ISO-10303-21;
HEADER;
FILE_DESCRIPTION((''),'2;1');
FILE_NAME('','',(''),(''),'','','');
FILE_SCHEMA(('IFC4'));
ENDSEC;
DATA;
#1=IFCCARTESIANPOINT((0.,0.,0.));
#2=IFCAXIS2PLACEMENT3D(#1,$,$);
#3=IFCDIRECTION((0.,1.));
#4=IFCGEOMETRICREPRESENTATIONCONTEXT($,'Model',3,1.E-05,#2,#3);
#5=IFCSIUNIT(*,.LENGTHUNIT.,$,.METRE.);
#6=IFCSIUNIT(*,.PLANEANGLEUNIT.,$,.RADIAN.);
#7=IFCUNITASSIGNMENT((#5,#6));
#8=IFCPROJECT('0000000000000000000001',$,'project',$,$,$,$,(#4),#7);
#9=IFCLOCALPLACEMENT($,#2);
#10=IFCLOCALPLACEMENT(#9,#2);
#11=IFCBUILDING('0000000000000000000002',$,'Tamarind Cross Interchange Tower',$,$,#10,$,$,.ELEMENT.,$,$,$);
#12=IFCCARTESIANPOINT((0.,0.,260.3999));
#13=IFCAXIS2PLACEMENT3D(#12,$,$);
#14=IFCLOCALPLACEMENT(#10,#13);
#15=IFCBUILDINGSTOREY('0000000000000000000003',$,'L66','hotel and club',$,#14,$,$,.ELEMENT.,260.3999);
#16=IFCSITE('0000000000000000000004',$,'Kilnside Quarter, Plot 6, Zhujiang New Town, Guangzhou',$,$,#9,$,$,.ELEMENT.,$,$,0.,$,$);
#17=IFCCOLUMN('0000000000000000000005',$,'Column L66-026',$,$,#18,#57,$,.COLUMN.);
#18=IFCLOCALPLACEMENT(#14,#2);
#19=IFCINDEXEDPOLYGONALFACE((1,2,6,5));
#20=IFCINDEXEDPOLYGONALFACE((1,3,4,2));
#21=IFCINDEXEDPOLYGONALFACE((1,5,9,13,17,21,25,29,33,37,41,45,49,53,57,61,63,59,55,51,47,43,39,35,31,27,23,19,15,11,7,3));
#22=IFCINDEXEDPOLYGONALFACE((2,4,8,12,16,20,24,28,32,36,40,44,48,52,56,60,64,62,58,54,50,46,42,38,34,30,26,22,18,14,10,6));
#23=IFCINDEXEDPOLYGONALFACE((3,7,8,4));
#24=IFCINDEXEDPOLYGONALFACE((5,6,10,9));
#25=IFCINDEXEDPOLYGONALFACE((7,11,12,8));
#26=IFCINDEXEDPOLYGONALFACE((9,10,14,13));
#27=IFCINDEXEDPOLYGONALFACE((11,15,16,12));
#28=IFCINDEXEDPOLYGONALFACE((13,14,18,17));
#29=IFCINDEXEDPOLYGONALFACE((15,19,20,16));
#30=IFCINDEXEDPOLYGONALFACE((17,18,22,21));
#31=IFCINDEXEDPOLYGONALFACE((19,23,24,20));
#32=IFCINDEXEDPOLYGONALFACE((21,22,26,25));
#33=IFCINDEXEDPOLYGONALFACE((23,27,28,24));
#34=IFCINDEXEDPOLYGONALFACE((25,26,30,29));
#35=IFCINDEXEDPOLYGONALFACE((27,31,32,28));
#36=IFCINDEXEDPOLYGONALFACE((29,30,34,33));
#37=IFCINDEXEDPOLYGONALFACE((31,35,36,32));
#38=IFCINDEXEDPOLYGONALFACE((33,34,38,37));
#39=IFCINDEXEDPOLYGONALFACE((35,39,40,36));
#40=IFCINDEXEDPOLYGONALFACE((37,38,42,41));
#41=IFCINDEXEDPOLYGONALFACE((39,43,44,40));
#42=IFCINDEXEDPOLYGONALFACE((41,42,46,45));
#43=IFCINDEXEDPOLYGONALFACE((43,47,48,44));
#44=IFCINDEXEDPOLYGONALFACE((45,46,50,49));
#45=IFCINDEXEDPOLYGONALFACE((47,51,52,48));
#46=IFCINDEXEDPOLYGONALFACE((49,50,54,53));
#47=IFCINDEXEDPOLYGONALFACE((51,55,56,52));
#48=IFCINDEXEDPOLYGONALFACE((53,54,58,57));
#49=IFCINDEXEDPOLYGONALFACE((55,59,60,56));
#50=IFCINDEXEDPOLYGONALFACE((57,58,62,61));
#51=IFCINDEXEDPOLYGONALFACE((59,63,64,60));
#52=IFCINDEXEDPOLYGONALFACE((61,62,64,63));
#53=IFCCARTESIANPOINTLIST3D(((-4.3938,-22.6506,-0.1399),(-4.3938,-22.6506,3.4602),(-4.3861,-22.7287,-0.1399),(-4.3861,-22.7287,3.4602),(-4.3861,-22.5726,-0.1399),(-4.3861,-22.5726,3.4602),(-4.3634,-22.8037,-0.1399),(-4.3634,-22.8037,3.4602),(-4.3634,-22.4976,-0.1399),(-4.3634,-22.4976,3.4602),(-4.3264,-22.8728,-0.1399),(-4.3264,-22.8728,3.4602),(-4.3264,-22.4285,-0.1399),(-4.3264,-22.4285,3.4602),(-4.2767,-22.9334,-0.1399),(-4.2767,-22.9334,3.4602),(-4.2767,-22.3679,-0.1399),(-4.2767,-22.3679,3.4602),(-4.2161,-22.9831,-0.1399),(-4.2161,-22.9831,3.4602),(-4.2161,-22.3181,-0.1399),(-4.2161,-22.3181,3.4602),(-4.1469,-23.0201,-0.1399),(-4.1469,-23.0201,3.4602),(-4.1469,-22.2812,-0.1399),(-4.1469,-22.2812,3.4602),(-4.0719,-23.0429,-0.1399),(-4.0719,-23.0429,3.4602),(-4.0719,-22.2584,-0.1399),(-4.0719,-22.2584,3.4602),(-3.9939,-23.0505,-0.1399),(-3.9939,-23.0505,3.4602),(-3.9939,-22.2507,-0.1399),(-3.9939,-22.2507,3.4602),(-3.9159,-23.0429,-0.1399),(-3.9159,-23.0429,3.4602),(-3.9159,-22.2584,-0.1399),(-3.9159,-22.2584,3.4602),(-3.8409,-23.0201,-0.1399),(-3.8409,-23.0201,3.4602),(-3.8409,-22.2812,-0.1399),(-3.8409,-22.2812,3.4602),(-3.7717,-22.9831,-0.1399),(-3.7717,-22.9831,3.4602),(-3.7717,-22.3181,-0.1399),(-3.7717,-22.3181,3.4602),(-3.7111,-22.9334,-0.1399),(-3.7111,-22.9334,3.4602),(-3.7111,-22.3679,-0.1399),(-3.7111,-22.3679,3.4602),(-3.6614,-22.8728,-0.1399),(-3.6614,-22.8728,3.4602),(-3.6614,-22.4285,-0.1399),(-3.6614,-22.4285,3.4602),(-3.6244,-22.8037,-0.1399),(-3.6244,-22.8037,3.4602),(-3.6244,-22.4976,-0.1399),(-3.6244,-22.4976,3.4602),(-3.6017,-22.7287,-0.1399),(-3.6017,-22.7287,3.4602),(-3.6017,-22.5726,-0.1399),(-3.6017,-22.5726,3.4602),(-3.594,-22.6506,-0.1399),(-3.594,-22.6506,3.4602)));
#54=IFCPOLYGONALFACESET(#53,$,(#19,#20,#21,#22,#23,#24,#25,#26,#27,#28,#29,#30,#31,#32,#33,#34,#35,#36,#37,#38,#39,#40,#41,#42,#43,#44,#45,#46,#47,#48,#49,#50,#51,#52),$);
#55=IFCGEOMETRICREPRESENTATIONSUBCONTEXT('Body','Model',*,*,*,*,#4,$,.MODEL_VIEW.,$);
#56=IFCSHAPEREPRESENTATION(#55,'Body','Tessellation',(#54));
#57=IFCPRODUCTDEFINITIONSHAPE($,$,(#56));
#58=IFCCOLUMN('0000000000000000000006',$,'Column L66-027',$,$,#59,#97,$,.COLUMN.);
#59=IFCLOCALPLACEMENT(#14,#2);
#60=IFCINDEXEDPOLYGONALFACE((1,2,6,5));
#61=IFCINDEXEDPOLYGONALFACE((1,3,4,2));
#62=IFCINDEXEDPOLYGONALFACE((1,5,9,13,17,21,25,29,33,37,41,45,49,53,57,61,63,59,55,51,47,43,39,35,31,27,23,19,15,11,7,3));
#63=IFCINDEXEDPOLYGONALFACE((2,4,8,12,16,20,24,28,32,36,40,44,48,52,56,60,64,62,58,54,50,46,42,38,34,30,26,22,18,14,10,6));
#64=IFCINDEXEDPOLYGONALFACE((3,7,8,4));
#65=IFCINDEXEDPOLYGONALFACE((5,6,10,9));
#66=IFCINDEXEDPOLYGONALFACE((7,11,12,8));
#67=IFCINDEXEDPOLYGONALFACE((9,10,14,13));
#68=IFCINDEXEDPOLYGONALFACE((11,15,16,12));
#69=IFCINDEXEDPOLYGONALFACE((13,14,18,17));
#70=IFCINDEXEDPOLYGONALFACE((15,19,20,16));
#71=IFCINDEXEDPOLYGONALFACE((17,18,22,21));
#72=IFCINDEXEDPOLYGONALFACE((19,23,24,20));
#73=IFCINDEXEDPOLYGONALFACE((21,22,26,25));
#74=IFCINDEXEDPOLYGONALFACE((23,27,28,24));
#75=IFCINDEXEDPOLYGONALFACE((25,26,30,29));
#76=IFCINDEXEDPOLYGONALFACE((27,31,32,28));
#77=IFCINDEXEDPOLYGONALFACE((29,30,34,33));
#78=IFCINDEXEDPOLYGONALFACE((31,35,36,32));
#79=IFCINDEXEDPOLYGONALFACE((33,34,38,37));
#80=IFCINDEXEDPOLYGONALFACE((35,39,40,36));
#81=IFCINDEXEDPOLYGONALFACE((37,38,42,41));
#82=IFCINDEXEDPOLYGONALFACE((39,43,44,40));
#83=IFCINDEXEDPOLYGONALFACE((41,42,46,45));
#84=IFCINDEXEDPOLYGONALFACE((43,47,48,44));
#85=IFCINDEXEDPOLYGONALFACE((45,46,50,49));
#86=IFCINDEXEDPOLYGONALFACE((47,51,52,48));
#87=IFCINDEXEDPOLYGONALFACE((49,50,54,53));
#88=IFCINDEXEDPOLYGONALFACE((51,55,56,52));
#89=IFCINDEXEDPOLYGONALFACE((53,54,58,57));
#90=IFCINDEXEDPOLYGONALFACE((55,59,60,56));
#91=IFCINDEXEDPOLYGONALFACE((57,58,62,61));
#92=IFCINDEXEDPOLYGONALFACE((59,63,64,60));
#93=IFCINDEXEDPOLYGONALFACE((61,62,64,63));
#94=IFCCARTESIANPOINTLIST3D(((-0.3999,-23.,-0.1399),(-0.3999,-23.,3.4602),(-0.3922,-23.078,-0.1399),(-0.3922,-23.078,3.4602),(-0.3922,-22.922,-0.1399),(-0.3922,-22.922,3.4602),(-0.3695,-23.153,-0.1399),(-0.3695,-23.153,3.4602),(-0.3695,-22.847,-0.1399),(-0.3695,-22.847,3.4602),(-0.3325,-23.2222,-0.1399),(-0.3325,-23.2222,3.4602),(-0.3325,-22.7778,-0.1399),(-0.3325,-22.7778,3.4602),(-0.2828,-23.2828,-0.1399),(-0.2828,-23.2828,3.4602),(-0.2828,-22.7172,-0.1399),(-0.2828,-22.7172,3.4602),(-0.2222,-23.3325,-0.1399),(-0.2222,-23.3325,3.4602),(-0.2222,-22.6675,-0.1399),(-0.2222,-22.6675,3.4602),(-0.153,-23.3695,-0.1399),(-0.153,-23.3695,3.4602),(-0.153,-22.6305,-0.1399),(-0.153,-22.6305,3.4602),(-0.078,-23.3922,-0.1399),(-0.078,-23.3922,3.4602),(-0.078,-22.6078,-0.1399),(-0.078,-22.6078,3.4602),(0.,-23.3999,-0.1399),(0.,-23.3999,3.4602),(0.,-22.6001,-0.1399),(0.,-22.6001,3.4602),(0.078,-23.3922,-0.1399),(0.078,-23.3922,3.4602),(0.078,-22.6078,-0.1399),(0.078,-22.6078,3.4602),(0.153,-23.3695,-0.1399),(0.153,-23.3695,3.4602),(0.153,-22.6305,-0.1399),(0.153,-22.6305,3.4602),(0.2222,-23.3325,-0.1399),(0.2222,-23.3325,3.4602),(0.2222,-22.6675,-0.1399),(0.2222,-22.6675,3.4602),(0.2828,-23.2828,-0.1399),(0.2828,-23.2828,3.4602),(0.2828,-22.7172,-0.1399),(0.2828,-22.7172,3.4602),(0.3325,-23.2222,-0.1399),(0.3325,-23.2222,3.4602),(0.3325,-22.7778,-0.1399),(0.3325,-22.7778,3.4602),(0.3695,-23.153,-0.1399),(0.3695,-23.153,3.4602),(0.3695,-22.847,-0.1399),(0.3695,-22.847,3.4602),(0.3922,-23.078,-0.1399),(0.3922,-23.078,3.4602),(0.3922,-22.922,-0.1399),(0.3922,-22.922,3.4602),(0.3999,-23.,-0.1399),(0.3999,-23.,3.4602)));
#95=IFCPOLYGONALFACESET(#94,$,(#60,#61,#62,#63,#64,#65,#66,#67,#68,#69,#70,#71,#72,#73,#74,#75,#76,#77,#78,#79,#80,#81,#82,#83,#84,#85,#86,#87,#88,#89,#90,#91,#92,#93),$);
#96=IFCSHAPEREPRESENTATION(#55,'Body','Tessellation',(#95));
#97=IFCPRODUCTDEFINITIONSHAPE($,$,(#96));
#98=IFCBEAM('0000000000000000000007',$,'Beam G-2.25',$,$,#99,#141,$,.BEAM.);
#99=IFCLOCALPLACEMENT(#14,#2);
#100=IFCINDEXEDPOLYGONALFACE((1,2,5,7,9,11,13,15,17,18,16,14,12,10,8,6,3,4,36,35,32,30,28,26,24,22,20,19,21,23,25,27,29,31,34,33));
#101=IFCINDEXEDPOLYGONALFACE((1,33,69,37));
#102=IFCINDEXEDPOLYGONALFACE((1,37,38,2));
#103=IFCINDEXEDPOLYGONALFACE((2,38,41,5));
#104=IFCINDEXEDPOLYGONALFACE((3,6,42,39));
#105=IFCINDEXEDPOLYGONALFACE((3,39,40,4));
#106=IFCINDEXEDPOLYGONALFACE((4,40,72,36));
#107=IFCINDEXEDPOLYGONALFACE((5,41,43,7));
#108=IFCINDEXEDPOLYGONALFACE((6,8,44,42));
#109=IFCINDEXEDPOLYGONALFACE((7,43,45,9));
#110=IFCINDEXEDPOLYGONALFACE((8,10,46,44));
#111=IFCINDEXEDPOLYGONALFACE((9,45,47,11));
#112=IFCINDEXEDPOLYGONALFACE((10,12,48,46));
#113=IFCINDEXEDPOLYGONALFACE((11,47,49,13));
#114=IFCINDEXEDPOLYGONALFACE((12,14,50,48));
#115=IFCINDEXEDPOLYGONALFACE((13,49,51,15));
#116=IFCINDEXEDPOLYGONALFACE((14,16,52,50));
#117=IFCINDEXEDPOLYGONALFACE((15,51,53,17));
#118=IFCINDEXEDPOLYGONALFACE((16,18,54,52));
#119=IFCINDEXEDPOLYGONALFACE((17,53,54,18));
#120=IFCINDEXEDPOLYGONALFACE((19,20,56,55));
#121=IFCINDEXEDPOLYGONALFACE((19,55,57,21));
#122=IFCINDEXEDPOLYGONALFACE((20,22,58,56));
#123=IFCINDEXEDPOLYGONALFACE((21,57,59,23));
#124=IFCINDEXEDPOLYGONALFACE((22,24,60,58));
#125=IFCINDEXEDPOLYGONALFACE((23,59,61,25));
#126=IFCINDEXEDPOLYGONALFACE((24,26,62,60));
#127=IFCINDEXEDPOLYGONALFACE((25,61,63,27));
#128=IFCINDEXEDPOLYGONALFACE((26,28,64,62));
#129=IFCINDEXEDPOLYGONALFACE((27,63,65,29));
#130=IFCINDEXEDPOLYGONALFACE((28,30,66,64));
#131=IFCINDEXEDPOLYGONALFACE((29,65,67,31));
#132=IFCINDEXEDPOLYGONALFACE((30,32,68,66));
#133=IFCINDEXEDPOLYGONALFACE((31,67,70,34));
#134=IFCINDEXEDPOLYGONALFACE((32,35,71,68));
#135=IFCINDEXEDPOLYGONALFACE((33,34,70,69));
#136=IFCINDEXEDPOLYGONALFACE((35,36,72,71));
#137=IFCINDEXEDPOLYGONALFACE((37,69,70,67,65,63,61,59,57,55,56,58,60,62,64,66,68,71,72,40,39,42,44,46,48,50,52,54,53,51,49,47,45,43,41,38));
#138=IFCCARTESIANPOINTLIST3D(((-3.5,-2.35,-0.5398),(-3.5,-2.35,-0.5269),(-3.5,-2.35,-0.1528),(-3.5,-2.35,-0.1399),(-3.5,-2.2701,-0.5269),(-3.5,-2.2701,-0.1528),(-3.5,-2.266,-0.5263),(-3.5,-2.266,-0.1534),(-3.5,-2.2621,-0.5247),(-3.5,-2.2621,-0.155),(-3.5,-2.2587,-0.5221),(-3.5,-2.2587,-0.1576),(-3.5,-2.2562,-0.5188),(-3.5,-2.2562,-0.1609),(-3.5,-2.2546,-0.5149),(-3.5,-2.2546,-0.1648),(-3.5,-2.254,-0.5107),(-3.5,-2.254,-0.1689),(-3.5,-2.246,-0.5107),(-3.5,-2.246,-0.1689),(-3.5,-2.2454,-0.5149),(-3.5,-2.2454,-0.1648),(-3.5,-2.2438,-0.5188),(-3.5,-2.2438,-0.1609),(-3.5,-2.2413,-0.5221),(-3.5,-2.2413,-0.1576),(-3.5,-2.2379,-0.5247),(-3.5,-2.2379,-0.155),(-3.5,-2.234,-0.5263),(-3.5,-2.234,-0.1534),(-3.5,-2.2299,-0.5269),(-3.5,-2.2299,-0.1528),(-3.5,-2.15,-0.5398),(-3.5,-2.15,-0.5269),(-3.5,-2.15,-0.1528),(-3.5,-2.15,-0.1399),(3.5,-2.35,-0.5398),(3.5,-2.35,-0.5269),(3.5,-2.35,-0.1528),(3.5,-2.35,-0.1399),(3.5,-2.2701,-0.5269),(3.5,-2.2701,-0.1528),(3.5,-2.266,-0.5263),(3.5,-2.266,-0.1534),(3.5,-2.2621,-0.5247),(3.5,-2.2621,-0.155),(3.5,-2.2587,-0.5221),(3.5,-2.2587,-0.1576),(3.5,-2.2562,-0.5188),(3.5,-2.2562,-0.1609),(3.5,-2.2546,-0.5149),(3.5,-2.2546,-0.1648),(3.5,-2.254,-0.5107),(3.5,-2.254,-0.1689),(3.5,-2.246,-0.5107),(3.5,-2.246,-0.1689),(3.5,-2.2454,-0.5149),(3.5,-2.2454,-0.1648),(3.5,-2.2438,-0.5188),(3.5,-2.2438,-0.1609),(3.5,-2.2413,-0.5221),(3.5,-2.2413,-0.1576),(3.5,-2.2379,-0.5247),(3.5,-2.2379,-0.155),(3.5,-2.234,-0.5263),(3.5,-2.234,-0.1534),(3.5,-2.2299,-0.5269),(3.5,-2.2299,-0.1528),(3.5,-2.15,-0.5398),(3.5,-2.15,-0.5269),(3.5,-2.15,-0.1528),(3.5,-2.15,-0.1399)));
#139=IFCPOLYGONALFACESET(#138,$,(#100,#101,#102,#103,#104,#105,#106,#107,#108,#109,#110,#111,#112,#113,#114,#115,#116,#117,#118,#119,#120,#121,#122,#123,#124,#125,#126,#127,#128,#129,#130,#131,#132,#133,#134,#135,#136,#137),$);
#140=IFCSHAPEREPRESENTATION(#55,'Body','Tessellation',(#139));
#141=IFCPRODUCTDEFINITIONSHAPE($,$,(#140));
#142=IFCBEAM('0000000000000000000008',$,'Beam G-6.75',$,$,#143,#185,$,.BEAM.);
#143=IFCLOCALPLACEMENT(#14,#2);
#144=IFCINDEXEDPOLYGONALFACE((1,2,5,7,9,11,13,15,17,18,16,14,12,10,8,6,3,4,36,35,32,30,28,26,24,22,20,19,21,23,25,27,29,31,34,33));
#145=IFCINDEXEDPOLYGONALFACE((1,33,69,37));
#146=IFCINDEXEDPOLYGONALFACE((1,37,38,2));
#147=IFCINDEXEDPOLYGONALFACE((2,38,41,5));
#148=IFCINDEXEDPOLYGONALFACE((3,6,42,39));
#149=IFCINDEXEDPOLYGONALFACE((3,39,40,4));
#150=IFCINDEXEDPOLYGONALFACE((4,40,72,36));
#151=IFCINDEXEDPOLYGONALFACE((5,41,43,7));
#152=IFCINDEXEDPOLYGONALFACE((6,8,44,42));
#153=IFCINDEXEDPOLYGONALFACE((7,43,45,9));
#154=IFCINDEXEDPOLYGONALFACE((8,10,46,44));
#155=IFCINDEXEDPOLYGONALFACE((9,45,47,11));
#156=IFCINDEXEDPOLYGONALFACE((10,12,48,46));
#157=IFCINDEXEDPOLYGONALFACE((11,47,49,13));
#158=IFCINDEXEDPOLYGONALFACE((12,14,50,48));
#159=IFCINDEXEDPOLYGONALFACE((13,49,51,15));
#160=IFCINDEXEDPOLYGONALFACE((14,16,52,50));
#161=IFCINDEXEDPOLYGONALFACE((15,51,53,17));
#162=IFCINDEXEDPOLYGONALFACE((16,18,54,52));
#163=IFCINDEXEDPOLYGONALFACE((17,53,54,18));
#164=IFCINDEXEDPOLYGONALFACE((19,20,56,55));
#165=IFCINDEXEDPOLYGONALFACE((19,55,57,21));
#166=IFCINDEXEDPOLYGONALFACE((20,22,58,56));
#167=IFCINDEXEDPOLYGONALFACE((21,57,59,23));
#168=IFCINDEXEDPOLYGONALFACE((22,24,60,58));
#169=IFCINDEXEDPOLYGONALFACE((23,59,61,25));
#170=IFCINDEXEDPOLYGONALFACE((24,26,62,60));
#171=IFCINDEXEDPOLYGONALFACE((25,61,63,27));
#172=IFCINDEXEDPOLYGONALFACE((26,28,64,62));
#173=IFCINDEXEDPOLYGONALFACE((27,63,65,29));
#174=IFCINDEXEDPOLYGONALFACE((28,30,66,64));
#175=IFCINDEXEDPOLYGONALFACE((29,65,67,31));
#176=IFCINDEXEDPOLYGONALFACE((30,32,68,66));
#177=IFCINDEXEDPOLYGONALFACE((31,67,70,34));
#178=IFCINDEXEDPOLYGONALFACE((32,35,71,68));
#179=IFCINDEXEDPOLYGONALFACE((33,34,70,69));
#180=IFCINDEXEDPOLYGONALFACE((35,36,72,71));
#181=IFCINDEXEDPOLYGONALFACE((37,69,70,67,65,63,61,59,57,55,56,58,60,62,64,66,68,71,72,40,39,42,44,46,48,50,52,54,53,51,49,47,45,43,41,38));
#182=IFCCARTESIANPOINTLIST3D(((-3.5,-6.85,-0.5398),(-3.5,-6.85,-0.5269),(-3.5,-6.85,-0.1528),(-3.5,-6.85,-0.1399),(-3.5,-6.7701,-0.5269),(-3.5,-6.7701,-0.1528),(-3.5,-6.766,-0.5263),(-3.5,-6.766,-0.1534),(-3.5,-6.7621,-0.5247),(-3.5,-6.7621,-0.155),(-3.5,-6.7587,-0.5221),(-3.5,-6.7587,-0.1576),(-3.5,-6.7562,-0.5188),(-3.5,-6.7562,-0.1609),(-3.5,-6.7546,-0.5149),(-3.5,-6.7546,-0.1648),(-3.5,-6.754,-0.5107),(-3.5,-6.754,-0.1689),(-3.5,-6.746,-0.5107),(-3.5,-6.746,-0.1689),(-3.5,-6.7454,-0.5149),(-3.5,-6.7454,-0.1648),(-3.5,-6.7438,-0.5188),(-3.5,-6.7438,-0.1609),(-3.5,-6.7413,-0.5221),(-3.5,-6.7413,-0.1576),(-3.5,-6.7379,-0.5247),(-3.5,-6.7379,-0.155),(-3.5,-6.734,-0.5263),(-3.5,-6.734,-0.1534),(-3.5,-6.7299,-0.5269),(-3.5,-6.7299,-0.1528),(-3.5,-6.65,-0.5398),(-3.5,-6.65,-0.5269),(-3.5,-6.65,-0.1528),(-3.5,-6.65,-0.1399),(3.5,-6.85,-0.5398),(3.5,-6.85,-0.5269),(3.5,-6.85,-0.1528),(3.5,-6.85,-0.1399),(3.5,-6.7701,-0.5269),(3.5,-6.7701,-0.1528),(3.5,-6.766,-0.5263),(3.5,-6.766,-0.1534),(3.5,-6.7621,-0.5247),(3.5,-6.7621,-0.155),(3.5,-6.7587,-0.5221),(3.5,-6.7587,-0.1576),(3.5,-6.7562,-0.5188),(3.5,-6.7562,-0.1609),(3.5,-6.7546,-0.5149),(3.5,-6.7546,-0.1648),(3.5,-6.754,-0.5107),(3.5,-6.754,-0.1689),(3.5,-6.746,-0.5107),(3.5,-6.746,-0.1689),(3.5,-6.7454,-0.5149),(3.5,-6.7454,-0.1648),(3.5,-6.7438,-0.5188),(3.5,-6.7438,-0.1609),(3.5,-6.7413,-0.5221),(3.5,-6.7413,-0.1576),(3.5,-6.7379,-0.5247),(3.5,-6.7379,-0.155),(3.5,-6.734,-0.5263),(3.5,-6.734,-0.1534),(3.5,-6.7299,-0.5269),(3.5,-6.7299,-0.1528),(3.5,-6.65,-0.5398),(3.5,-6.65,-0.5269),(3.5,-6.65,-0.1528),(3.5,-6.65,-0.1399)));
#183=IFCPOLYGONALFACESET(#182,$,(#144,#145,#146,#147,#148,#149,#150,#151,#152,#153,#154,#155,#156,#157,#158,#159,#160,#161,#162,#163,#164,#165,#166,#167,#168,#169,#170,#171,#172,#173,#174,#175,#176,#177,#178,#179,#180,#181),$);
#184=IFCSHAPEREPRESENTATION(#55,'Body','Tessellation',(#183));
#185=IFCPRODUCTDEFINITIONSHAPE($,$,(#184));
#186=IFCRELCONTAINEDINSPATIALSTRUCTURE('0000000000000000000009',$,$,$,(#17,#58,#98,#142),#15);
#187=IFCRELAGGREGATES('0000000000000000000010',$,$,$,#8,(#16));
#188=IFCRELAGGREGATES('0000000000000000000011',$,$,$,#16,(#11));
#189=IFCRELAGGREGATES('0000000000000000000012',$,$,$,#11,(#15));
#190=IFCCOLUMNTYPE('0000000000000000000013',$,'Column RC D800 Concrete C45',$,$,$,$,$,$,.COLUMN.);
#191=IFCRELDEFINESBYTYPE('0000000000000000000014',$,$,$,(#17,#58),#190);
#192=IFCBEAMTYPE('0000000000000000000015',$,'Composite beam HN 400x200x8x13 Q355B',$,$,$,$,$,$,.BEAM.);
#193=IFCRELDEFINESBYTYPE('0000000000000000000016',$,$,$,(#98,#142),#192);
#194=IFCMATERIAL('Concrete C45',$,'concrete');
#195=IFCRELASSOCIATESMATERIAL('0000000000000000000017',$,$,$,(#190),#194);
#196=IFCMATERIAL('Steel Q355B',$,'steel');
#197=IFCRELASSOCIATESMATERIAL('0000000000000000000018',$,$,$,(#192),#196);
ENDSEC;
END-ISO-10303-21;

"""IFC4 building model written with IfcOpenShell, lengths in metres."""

from ifc_helpers import new_model, si_unit, direction, frame, origin, origin_2d, place, context, subcontext, project, spatial, circle, i_section, extrude, material, material_profile, profile_set, type_object, element, save


model = new_model("IFC4")

# Units and contexts
model_context = context("Model", 3, precision=1e-05, world=origin(), true_north=direction((0.0, 1.0)))
body_context = subcontext(model_context, "Body", "Model", "MODEL_VIEW")
ifc_project = project(units=[si_unit("LENGTHUNIT", "METRE"), si_unit("PLANEANGLEUNIT", "RADIAN")], contexts=[model_context])

# Site, building, storey
site_placement = place(None, origin())
site = spatial("IfcSite", under=ifc_project, at=site_placement, Name="Kilnside Quarter, Plot 6, Zhujiang New Town, Guangzhou", CompositionType="ELEMENT", RefElevation=0.0)
building_placement = place(site_placement, origin())
building = spatial("IfcBuilding", under=site, at=building_placement, Name="Tamarind Cross Interchange Tower", CompositionType="ELEMENT")
storey_placement = place(building_placement, frame((0.0, 0.0, 260.3999)))
storey = spatial("IfcBuildingStorey", under=building, at=storey_placement, Name="L66", Description="hotel and club", CompositionType="ELEMENT", Elevation=260.3999)

# Columns
ifc_material_1 = material(Name="Concrete C45", Category="concrete")
ifc_material_profile_1 = material_profile(ifc_material_1, circle(Radius=0.3999, at=origin_2d()), Name="RC D800")
ifc_profile_set_1 = profile_set([ifc_material_profile_1], Name="Concrete C45")
column_type = type_object("IfcColumnType", Name="Column RC D800 Concrete C45", PredefinedType="COLUMN", material=ifc_profile_set_1)
for number, where, z_axis, x_axis, name in (
    (1, (-3.9939, -22.6506, -0.1399), (0.0, 0.0, 1.0), (1.0, 0.0, 0.0), "Column L66-026"),
    (2, (0.0, -23.0, -0.1399), (0.0, 0.0, 1.0), (1.0, 0.0, 0.0), "Column L66-027"),
):
    element("IfcColumn", number, at=place(storey_placement, frame(where, z_axis=z_axis, x_axis=x_axis)), inside=storey, type_object=column_type, Name=name, PredefinedType="COLUMN", context=body_context, shape_type="SweptSolid", body=[
        extrude(circle(Radius=0.3999, at=origin_2d()), origin(), (0.0, 0.0, 1.0), 3.6001),
    ])

# Beams
ifc_material_2 = material(Name="Steel Q355B", Category="steel")
ifc_material_profile_2 = material_profile(ifc_material_2, i_section(OverallWidth=0.2, OverallDepth=0.3999, WebThickness=0.0081, FlangeThickness=0.0129, FilletRadius=0.0161, at=origin_2d()), Name="HN 400x200x8x13")
ifc_profile_set_2 = profile_set([ifc_material_profile_2], Name="Steel Q355B")
beam_type_1 = type_object("IfcBeamType", Name="Composite beam HN 400x200x8x13 Q355B", PredefinedType="BEAM", material=ifc_profile_set_2)
for number, where, z_axis, x_axis, name in (
    (3, (-3.5, -2.25, -0.3398), (1.0, 0.0, 0.0), (0.0, 1.0, 0.0), "Beam G-2.25"),
    (4, (-3.5, -6.75, -0.3398), (1.0, 0.0, 0.0), (0.0, 1.0, 0.0), "Beam G-6.75"),
):
    element("IfcBeam", number, at=place(storey_placement, frame(where, z_axis=z_axis, x_axis=x_axis)), inside=storey, type_object=beam_type_1, Name=name, PredefinedType="BEAM", context=body_context, shape_type="SweptSolid", body=[
        extrude(i_section(OverallWidth=0.2, OverallDepth=0.3999, WebThickness=0.0081, FlangeThickness=0.0129, FilletRadius=0.0161, at=origin_2d()), origin(), (0.0, 0.0, 1.0), 7.0),
    ])

save(model, "model.ifc")
